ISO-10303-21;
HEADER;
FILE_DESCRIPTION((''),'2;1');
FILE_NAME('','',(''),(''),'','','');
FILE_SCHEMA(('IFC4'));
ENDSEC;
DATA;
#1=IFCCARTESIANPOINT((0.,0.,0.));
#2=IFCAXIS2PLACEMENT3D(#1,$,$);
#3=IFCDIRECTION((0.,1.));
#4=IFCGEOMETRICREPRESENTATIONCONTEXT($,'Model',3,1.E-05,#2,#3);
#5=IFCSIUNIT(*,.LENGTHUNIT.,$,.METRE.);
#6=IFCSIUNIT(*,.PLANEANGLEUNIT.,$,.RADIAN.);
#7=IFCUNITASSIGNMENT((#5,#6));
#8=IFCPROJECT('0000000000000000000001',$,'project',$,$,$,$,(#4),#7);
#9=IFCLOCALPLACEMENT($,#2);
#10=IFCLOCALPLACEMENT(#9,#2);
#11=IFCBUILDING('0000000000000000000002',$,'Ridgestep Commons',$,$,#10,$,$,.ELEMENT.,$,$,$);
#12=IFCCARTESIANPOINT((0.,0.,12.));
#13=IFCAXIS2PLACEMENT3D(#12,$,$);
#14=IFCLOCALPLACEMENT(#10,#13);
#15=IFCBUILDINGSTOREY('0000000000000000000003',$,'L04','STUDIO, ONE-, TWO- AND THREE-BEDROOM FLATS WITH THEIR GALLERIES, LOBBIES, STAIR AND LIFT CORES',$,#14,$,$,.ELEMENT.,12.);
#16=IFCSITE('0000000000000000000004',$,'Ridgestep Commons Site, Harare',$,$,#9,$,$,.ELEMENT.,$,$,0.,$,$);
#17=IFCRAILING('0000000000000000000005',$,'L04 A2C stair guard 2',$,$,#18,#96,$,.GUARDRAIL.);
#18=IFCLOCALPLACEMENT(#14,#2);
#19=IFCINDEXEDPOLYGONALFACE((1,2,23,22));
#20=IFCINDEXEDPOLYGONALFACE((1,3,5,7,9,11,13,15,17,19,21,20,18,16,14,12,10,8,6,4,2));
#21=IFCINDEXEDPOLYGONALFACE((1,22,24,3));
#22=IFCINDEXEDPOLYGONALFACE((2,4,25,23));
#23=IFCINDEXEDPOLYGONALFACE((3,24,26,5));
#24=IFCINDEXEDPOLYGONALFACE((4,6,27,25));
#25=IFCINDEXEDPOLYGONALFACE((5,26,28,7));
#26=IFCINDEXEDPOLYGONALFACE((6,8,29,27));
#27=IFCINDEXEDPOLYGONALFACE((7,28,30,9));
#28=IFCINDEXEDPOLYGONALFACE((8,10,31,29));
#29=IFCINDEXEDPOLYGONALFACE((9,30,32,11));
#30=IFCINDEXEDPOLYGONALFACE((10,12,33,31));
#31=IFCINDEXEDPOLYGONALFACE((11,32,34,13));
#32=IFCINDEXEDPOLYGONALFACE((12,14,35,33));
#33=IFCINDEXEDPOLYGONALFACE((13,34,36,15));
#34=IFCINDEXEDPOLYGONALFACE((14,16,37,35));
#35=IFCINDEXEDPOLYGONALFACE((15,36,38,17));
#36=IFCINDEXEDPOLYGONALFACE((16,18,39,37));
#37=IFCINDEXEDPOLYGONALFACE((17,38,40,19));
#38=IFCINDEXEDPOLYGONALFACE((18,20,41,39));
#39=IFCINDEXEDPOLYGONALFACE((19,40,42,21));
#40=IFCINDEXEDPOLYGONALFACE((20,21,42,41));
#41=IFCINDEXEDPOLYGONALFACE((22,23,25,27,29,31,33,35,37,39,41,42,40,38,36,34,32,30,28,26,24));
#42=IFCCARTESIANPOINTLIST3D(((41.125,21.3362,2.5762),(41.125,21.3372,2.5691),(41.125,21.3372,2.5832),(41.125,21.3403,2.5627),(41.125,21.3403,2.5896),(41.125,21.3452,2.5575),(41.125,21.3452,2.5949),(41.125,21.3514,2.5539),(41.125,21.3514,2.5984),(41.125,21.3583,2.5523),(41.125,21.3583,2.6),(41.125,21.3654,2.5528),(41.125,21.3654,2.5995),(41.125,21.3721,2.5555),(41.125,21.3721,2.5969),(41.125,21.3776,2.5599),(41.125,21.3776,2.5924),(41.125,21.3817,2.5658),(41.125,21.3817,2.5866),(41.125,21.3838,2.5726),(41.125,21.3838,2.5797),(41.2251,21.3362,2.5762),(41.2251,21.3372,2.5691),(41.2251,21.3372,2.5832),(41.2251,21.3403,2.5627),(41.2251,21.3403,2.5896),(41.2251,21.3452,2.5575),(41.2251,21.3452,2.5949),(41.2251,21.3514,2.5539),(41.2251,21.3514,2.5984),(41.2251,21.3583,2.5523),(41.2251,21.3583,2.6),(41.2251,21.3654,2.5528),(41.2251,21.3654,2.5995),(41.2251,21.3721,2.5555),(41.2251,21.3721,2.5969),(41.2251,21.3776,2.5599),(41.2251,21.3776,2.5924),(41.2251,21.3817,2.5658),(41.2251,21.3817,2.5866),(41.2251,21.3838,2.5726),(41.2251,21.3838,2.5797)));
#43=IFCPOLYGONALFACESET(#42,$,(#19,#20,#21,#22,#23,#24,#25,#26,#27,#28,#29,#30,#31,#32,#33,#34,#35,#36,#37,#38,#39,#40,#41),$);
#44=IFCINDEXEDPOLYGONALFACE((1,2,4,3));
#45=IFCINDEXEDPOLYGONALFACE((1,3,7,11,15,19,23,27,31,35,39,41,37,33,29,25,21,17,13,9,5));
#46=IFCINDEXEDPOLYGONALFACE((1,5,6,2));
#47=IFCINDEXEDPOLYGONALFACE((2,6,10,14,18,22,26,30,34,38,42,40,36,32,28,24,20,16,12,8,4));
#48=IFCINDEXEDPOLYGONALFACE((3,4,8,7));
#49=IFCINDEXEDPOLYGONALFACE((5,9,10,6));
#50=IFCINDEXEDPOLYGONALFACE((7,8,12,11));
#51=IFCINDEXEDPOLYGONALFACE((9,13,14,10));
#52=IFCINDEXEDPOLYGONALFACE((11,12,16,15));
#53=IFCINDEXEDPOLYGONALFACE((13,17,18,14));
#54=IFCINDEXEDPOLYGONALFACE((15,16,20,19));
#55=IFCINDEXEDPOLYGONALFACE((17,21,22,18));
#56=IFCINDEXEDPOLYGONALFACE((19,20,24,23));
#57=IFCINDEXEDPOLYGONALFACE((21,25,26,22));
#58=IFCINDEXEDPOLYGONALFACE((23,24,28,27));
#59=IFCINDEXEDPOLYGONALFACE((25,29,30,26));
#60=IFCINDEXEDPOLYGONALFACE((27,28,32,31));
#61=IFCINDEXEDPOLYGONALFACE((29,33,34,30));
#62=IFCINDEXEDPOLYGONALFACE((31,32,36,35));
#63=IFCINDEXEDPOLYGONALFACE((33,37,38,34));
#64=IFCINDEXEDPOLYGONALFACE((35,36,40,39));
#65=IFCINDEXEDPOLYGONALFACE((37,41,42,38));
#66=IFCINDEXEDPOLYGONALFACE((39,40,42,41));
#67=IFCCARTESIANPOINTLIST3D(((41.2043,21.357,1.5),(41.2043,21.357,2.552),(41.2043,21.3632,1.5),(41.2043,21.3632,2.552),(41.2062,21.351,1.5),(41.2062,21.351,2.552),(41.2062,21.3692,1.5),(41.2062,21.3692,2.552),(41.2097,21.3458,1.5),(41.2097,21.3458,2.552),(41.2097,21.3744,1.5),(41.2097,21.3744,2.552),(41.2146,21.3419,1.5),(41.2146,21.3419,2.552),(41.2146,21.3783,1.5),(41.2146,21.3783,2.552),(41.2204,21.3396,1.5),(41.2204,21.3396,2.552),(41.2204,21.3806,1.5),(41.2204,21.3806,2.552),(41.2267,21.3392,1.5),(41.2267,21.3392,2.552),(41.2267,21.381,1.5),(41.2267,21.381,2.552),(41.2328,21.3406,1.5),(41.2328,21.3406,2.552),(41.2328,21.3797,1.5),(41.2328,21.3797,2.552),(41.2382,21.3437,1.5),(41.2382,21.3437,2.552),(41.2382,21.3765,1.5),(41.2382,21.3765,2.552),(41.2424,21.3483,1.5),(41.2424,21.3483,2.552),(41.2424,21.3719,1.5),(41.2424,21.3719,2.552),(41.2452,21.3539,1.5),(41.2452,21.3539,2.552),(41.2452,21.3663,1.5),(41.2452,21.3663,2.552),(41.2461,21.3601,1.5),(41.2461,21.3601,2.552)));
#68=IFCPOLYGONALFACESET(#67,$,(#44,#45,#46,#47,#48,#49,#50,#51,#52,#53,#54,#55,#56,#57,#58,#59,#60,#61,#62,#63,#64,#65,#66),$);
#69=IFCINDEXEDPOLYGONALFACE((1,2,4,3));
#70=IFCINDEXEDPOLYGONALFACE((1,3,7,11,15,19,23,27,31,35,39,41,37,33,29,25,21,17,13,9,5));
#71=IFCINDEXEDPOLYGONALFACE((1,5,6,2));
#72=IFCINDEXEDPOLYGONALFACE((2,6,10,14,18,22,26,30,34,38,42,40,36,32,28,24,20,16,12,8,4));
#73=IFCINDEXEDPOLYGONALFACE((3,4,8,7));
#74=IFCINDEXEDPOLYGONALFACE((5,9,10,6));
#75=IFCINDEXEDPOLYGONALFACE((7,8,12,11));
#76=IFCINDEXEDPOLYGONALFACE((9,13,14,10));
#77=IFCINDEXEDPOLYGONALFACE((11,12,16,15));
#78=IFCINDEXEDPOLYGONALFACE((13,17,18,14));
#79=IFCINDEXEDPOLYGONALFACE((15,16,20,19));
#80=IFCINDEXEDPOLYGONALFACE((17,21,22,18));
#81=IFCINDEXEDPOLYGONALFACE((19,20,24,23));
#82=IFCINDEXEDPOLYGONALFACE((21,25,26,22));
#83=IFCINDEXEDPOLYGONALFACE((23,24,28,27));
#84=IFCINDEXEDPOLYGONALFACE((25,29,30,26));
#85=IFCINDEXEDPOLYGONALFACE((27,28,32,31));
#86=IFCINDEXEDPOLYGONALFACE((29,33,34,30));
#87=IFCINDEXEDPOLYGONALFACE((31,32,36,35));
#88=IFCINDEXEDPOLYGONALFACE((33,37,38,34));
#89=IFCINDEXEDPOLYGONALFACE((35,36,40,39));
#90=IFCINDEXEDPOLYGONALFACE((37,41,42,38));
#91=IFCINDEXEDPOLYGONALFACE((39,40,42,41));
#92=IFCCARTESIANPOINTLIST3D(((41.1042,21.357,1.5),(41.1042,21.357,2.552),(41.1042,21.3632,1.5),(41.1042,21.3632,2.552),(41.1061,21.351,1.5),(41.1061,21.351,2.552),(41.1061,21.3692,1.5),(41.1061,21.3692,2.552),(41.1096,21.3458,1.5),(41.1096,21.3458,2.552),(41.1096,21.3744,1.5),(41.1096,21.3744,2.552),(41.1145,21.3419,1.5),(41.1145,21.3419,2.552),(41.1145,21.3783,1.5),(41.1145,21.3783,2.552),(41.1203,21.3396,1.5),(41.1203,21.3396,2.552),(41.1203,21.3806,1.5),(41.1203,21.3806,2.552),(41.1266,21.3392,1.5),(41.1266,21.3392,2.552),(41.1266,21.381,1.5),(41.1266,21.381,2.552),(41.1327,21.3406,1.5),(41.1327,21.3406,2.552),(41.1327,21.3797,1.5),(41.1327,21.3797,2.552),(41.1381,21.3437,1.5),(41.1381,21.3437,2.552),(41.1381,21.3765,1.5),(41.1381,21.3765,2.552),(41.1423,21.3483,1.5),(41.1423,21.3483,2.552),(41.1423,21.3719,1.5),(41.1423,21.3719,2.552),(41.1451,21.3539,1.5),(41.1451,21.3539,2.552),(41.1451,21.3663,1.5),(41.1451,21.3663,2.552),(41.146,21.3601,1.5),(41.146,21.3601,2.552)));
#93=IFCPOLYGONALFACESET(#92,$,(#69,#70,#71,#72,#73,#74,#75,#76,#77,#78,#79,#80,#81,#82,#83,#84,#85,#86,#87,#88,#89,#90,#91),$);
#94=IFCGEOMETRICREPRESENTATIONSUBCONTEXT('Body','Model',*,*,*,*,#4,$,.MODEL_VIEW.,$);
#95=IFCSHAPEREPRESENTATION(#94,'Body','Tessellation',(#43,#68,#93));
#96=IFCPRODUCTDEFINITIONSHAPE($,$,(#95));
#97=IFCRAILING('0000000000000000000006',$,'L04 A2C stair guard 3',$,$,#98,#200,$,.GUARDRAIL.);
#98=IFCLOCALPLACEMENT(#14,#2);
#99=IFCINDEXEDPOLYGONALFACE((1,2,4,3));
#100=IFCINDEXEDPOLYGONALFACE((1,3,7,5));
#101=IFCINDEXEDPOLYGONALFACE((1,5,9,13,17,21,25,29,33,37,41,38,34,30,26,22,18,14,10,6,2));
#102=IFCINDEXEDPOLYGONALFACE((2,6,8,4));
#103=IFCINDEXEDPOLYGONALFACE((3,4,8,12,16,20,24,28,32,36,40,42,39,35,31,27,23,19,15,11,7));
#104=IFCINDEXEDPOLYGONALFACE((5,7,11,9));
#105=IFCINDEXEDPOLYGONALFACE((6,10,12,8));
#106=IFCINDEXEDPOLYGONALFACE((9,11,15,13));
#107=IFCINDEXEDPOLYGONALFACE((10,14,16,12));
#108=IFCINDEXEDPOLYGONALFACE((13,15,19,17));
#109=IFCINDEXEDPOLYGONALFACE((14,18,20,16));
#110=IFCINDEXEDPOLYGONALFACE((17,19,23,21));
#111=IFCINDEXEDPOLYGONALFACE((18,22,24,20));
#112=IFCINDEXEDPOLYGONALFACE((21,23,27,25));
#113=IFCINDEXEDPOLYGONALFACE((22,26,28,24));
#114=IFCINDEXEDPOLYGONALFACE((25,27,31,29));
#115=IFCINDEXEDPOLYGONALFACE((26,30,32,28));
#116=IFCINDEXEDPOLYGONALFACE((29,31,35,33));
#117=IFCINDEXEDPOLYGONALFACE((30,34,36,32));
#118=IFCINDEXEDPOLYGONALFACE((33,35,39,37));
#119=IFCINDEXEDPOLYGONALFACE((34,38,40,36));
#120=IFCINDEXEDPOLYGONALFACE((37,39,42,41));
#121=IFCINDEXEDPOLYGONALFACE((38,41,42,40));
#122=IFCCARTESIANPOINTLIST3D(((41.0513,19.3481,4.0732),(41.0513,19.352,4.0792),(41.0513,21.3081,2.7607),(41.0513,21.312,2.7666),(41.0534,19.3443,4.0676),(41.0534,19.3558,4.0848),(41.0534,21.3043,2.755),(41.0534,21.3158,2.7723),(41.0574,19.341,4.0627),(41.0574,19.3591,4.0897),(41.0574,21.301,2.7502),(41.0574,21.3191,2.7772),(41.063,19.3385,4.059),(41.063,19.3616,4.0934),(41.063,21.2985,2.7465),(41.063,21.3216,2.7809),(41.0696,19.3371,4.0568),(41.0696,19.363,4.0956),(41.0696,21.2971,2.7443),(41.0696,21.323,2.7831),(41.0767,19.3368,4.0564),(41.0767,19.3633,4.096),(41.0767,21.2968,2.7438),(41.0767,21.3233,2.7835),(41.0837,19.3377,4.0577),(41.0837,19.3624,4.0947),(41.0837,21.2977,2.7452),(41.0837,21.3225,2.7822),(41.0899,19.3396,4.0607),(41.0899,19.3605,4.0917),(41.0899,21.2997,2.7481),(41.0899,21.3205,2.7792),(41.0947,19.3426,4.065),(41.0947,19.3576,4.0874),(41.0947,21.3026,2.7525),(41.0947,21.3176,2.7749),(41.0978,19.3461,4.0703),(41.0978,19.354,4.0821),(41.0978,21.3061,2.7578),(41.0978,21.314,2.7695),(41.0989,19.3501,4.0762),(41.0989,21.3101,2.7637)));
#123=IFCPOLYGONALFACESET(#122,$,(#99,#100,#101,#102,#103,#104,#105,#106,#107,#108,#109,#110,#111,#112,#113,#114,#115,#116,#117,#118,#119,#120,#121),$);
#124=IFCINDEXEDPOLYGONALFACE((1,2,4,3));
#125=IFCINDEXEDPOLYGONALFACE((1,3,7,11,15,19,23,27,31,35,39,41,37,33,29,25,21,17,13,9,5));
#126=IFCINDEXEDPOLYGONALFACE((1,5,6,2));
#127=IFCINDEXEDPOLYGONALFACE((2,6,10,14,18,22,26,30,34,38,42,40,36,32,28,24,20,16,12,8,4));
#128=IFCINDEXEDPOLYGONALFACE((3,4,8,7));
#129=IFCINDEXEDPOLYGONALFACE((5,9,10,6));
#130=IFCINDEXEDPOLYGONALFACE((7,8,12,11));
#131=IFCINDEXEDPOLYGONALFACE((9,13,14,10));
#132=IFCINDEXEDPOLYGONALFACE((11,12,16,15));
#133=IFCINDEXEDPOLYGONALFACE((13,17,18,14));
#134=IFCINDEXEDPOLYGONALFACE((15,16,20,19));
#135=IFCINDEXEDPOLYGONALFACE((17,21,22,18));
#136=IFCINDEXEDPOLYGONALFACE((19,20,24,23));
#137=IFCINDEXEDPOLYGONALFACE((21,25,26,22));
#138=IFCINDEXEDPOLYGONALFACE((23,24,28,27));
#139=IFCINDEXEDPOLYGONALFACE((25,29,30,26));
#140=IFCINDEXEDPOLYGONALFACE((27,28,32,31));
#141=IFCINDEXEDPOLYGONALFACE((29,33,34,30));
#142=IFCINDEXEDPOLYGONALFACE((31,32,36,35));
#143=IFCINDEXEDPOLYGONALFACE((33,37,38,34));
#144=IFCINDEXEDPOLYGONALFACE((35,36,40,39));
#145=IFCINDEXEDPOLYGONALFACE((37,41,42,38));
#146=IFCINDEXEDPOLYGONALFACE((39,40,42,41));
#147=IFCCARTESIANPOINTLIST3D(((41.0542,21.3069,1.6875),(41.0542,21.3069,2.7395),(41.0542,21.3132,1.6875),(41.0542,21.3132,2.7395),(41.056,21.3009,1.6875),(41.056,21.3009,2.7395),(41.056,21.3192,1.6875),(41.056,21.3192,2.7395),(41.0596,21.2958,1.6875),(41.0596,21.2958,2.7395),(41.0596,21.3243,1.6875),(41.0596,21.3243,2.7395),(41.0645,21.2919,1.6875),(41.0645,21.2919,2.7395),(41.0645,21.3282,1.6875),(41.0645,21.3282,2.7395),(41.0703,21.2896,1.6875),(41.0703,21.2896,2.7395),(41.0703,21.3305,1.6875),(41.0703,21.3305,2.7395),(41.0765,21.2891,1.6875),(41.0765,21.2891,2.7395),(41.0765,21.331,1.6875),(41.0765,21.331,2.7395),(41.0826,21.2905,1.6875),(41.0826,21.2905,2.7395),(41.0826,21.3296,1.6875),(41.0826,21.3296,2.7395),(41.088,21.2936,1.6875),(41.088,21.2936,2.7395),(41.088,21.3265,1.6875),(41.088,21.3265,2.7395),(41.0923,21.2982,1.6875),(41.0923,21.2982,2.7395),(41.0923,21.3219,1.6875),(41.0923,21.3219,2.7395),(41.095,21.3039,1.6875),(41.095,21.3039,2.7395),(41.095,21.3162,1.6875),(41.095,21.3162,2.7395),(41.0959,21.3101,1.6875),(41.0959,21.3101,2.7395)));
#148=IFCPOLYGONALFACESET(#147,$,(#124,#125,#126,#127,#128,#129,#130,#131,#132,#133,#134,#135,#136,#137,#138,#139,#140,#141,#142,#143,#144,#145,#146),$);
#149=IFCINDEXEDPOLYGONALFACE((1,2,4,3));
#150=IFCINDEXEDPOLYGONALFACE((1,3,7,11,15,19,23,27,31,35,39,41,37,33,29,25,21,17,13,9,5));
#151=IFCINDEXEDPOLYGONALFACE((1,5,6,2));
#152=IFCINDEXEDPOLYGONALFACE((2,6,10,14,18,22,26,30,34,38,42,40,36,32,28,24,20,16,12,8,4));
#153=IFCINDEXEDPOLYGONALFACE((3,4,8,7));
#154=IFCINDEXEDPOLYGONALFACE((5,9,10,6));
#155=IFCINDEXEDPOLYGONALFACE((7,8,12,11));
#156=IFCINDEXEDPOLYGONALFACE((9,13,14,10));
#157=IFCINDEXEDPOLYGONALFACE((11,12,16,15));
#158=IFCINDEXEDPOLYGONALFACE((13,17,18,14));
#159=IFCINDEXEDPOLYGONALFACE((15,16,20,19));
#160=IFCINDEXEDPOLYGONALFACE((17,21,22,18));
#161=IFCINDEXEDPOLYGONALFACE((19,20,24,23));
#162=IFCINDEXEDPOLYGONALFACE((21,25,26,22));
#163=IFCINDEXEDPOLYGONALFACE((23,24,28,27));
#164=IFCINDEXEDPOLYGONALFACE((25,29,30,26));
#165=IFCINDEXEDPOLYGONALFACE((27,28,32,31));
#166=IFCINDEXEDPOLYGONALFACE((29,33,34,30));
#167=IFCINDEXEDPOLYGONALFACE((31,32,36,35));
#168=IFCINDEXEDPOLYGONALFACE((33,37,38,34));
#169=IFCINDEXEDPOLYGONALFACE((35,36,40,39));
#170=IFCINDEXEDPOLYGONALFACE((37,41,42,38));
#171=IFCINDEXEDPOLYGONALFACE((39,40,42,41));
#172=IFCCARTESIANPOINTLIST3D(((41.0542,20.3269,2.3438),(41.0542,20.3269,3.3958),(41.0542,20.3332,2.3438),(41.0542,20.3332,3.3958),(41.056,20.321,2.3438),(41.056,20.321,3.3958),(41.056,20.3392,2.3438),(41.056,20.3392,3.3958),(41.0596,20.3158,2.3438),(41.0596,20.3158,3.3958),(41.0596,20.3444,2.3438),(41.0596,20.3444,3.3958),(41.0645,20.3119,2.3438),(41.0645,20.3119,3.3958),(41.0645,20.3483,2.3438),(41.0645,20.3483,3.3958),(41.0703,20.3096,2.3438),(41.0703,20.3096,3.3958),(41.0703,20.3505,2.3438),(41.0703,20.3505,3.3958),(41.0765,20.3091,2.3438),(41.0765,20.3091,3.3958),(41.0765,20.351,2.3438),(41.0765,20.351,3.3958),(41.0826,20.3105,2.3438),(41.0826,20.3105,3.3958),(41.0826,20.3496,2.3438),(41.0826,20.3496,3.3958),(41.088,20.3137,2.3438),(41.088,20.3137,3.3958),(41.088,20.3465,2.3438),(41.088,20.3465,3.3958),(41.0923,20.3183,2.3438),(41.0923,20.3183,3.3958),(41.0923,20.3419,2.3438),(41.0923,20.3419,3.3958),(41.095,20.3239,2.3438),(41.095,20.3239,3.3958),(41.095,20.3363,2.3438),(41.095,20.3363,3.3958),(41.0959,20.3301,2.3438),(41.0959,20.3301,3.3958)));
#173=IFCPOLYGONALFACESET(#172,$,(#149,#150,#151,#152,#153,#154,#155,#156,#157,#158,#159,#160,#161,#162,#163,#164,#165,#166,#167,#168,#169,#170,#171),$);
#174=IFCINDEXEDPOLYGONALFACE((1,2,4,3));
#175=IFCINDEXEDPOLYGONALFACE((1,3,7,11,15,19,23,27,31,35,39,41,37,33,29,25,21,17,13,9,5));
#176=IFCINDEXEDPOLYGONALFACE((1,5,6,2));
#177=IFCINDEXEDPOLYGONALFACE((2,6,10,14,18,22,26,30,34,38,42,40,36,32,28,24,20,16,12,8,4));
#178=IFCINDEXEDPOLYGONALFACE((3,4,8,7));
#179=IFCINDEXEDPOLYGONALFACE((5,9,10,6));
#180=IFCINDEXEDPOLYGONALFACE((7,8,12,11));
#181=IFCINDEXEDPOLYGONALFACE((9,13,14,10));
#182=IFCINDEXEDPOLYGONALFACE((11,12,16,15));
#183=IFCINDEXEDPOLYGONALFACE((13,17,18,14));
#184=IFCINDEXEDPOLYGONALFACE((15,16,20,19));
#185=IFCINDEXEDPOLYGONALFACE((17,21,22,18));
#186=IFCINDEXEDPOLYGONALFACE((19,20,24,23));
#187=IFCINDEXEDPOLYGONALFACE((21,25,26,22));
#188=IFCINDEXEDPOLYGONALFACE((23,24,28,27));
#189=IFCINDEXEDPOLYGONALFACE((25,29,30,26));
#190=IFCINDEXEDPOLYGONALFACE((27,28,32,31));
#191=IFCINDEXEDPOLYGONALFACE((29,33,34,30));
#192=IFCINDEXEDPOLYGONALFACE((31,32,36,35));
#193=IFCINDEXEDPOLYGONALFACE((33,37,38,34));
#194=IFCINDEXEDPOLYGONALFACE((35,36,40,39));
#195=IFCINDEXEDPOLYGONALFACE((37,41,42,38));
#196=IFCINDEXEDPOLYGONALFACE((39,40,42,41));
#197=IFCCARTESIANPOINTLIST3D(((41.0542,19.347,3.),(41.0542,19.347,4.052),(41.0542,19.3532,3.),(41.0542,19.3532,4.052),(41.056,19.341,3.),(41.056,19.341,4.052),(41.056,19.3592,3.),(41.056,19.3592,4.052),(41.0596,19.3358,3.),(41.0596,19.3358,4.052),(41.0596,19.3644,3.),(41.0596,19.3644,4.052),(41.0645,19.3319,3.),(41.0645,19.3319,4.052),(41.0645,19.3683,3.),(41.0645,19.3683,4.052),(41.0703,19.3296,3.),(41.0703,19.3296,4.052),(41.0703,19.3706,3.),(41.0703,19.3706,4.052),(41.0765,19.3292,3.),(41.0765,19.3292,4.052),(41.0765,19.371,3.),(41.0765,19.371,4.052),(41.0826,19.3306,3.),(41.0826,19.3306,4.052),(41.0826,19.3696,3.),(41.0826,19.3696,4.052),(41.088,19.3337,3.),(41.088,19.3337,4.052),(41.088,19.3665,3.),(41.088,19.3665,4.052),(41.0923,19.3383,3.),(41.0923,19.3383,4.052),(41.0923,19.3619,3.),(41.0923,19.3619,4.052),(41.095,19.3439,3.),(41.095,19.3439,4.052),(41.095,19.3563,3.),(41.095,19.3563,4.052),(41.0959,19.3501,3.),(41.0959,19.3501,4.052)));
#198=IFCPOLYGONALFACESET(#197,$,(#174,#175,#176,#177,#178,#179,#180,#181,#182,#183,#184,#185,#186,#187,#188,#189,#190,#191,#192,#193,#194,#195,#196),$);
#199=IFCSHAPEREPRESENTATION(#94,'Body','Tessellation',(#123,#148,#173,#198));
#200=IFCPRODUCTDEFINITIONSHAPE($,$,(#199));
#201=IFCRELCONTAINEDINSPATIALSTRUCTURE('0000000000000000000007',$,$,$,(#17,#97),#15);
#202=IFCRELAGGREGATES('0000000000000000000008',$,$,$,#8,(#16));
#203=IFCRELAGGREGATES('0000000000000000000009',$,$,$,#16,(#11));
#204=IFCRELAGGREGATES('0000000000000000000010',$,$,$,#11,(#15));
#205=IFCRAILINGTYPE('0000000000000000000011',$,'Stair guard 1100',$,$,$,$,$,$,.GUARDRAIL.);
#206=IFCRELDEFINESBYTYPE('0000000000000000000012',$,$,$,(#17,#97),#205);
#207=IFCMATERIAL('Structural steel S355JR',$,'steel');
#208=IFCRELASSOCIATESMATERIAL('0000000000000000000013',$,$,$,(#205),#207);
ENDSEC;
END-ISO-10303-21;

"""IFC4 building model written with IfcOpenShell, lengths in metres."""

from ifc_helpers import new_model, si_unit, direction, frame, origin, origin_2d, place, context, subcontext, project, spatial, circle, extrude, material, type_object, element, save


model = new_model("IFC4")

# Units and contexts
model_context = context("Model", 3, precision=1e-05, world=origin(), true_north=direction((0.0, 1.0)))
body_context = subcontext(model_context, "Body", "Model", "MODEL_VIEW")
ifc_project = project(units=[si_unit("LENGTHUNIT", "METRE"), si_unit("PLANEANGLEUNIT", "RADIAN")], contexts=[model_context])

# Site, building, storey
site_placement = place(None, origin())
site = spatial("IfcSite", under=ifc_project, at=site_placement, Name="Ridgestep Commons Site, Harare", CompositionType="ELEMENT", RefElevation=0.0)
building_placement = place(site_placement, origin())
building = spatial("IfcBuilding", under=site, at=building_placement, Name="Ridgestep Commons", CompositionType="ELEMENT")
storey_placement = place(building_placement, frame((0.0, 0.0, 12.0)))
storey = spatial("IfcBuildingStorey", under=building, at=storey_placement, Name="L04", Description="STUDIO, ONE-, TWO- AND THREE-BEDROOM FLATS WITH THEIR GALLERIES, LOBBIES, STAIR AND LIFT CORES", CompositionType="ELEMENT", Elevation=12.0)

# Railings
ifc_material_1 = material(Name="Structural steel S355JR", Category="steel")
railing_type_1 = type_object("IfcRailingType", Name="Stair guard 1100", PredefinedType="GUARDRAIL", material=ifc_material_1)
railing_1_placement = place(storey_placement, frame((41.2251, 21.3601, 1.5)))
element("IfcRailing", 1, at=railing_1_placement, inside=storey, type_object=railing_type_1, Name="L04 A2C stair guard 2", PredefinedType="GUARDRAIL", context=body_context, shape_type="SweptSolid", body=[
    extrude(circle(Radius=0.0239, at=origin_2d()), frame((0.0, 0.0, 1.0762), z_axis=(-1.0, 0.0, 0.0), x_axis=(0.0, -1.0, 0.0)), (0.0, 0.0, 1.0), 0.1001),
    extrude(circle(Radius=0.021, at=origin_2d()), origin(), (0.0, 0.0, 1.0), 1.052),
    extrude(circle(Radius=0.021, at=origin_2d()), frame((-0.1001, 0.0, 0.0)), (0.0, 0.0, 1.0), 1.052),
])
railing_2_placement = place(storey_placement, frame((41.075, 21.3101, 1.6875)))
element("IfcRailing", 2, at=railing_2_placement, inside=storey, type_object=railing_type_1, Name="L04 A2C stair guard 3", PredefinedType="GUARDRAIL", context=body_context, shape_type="SweptSolid", body=[
    extrude(circle(Radius=0.0239, at=origin_2d()), frame((0.0, 0.0, 1.0762), z_axis=(0.0, -0.830902, 0.556419), x_axis=(1.0, 0.0, 0.0)), (0.0, 0.0, 1.0), 2.3589),
    extrude(circle(Radius=0.021, at=origin_2d()), origin(), (0.0, 0.0, 1.0), 1.052),
    extrude(circle(Radius=0.021, at=origin_2d()), frame((0.0, -0.98, 0.6562)), (0.0, 0.0, 1.0), 1.052),
    extrude(circle(Radius=0.021, at=origin_2d()), frame((0.0, -1.96, 1.3125)), (0.0, 0.0, 1.0), 1.052),
])

save(model, "model.ifc")
